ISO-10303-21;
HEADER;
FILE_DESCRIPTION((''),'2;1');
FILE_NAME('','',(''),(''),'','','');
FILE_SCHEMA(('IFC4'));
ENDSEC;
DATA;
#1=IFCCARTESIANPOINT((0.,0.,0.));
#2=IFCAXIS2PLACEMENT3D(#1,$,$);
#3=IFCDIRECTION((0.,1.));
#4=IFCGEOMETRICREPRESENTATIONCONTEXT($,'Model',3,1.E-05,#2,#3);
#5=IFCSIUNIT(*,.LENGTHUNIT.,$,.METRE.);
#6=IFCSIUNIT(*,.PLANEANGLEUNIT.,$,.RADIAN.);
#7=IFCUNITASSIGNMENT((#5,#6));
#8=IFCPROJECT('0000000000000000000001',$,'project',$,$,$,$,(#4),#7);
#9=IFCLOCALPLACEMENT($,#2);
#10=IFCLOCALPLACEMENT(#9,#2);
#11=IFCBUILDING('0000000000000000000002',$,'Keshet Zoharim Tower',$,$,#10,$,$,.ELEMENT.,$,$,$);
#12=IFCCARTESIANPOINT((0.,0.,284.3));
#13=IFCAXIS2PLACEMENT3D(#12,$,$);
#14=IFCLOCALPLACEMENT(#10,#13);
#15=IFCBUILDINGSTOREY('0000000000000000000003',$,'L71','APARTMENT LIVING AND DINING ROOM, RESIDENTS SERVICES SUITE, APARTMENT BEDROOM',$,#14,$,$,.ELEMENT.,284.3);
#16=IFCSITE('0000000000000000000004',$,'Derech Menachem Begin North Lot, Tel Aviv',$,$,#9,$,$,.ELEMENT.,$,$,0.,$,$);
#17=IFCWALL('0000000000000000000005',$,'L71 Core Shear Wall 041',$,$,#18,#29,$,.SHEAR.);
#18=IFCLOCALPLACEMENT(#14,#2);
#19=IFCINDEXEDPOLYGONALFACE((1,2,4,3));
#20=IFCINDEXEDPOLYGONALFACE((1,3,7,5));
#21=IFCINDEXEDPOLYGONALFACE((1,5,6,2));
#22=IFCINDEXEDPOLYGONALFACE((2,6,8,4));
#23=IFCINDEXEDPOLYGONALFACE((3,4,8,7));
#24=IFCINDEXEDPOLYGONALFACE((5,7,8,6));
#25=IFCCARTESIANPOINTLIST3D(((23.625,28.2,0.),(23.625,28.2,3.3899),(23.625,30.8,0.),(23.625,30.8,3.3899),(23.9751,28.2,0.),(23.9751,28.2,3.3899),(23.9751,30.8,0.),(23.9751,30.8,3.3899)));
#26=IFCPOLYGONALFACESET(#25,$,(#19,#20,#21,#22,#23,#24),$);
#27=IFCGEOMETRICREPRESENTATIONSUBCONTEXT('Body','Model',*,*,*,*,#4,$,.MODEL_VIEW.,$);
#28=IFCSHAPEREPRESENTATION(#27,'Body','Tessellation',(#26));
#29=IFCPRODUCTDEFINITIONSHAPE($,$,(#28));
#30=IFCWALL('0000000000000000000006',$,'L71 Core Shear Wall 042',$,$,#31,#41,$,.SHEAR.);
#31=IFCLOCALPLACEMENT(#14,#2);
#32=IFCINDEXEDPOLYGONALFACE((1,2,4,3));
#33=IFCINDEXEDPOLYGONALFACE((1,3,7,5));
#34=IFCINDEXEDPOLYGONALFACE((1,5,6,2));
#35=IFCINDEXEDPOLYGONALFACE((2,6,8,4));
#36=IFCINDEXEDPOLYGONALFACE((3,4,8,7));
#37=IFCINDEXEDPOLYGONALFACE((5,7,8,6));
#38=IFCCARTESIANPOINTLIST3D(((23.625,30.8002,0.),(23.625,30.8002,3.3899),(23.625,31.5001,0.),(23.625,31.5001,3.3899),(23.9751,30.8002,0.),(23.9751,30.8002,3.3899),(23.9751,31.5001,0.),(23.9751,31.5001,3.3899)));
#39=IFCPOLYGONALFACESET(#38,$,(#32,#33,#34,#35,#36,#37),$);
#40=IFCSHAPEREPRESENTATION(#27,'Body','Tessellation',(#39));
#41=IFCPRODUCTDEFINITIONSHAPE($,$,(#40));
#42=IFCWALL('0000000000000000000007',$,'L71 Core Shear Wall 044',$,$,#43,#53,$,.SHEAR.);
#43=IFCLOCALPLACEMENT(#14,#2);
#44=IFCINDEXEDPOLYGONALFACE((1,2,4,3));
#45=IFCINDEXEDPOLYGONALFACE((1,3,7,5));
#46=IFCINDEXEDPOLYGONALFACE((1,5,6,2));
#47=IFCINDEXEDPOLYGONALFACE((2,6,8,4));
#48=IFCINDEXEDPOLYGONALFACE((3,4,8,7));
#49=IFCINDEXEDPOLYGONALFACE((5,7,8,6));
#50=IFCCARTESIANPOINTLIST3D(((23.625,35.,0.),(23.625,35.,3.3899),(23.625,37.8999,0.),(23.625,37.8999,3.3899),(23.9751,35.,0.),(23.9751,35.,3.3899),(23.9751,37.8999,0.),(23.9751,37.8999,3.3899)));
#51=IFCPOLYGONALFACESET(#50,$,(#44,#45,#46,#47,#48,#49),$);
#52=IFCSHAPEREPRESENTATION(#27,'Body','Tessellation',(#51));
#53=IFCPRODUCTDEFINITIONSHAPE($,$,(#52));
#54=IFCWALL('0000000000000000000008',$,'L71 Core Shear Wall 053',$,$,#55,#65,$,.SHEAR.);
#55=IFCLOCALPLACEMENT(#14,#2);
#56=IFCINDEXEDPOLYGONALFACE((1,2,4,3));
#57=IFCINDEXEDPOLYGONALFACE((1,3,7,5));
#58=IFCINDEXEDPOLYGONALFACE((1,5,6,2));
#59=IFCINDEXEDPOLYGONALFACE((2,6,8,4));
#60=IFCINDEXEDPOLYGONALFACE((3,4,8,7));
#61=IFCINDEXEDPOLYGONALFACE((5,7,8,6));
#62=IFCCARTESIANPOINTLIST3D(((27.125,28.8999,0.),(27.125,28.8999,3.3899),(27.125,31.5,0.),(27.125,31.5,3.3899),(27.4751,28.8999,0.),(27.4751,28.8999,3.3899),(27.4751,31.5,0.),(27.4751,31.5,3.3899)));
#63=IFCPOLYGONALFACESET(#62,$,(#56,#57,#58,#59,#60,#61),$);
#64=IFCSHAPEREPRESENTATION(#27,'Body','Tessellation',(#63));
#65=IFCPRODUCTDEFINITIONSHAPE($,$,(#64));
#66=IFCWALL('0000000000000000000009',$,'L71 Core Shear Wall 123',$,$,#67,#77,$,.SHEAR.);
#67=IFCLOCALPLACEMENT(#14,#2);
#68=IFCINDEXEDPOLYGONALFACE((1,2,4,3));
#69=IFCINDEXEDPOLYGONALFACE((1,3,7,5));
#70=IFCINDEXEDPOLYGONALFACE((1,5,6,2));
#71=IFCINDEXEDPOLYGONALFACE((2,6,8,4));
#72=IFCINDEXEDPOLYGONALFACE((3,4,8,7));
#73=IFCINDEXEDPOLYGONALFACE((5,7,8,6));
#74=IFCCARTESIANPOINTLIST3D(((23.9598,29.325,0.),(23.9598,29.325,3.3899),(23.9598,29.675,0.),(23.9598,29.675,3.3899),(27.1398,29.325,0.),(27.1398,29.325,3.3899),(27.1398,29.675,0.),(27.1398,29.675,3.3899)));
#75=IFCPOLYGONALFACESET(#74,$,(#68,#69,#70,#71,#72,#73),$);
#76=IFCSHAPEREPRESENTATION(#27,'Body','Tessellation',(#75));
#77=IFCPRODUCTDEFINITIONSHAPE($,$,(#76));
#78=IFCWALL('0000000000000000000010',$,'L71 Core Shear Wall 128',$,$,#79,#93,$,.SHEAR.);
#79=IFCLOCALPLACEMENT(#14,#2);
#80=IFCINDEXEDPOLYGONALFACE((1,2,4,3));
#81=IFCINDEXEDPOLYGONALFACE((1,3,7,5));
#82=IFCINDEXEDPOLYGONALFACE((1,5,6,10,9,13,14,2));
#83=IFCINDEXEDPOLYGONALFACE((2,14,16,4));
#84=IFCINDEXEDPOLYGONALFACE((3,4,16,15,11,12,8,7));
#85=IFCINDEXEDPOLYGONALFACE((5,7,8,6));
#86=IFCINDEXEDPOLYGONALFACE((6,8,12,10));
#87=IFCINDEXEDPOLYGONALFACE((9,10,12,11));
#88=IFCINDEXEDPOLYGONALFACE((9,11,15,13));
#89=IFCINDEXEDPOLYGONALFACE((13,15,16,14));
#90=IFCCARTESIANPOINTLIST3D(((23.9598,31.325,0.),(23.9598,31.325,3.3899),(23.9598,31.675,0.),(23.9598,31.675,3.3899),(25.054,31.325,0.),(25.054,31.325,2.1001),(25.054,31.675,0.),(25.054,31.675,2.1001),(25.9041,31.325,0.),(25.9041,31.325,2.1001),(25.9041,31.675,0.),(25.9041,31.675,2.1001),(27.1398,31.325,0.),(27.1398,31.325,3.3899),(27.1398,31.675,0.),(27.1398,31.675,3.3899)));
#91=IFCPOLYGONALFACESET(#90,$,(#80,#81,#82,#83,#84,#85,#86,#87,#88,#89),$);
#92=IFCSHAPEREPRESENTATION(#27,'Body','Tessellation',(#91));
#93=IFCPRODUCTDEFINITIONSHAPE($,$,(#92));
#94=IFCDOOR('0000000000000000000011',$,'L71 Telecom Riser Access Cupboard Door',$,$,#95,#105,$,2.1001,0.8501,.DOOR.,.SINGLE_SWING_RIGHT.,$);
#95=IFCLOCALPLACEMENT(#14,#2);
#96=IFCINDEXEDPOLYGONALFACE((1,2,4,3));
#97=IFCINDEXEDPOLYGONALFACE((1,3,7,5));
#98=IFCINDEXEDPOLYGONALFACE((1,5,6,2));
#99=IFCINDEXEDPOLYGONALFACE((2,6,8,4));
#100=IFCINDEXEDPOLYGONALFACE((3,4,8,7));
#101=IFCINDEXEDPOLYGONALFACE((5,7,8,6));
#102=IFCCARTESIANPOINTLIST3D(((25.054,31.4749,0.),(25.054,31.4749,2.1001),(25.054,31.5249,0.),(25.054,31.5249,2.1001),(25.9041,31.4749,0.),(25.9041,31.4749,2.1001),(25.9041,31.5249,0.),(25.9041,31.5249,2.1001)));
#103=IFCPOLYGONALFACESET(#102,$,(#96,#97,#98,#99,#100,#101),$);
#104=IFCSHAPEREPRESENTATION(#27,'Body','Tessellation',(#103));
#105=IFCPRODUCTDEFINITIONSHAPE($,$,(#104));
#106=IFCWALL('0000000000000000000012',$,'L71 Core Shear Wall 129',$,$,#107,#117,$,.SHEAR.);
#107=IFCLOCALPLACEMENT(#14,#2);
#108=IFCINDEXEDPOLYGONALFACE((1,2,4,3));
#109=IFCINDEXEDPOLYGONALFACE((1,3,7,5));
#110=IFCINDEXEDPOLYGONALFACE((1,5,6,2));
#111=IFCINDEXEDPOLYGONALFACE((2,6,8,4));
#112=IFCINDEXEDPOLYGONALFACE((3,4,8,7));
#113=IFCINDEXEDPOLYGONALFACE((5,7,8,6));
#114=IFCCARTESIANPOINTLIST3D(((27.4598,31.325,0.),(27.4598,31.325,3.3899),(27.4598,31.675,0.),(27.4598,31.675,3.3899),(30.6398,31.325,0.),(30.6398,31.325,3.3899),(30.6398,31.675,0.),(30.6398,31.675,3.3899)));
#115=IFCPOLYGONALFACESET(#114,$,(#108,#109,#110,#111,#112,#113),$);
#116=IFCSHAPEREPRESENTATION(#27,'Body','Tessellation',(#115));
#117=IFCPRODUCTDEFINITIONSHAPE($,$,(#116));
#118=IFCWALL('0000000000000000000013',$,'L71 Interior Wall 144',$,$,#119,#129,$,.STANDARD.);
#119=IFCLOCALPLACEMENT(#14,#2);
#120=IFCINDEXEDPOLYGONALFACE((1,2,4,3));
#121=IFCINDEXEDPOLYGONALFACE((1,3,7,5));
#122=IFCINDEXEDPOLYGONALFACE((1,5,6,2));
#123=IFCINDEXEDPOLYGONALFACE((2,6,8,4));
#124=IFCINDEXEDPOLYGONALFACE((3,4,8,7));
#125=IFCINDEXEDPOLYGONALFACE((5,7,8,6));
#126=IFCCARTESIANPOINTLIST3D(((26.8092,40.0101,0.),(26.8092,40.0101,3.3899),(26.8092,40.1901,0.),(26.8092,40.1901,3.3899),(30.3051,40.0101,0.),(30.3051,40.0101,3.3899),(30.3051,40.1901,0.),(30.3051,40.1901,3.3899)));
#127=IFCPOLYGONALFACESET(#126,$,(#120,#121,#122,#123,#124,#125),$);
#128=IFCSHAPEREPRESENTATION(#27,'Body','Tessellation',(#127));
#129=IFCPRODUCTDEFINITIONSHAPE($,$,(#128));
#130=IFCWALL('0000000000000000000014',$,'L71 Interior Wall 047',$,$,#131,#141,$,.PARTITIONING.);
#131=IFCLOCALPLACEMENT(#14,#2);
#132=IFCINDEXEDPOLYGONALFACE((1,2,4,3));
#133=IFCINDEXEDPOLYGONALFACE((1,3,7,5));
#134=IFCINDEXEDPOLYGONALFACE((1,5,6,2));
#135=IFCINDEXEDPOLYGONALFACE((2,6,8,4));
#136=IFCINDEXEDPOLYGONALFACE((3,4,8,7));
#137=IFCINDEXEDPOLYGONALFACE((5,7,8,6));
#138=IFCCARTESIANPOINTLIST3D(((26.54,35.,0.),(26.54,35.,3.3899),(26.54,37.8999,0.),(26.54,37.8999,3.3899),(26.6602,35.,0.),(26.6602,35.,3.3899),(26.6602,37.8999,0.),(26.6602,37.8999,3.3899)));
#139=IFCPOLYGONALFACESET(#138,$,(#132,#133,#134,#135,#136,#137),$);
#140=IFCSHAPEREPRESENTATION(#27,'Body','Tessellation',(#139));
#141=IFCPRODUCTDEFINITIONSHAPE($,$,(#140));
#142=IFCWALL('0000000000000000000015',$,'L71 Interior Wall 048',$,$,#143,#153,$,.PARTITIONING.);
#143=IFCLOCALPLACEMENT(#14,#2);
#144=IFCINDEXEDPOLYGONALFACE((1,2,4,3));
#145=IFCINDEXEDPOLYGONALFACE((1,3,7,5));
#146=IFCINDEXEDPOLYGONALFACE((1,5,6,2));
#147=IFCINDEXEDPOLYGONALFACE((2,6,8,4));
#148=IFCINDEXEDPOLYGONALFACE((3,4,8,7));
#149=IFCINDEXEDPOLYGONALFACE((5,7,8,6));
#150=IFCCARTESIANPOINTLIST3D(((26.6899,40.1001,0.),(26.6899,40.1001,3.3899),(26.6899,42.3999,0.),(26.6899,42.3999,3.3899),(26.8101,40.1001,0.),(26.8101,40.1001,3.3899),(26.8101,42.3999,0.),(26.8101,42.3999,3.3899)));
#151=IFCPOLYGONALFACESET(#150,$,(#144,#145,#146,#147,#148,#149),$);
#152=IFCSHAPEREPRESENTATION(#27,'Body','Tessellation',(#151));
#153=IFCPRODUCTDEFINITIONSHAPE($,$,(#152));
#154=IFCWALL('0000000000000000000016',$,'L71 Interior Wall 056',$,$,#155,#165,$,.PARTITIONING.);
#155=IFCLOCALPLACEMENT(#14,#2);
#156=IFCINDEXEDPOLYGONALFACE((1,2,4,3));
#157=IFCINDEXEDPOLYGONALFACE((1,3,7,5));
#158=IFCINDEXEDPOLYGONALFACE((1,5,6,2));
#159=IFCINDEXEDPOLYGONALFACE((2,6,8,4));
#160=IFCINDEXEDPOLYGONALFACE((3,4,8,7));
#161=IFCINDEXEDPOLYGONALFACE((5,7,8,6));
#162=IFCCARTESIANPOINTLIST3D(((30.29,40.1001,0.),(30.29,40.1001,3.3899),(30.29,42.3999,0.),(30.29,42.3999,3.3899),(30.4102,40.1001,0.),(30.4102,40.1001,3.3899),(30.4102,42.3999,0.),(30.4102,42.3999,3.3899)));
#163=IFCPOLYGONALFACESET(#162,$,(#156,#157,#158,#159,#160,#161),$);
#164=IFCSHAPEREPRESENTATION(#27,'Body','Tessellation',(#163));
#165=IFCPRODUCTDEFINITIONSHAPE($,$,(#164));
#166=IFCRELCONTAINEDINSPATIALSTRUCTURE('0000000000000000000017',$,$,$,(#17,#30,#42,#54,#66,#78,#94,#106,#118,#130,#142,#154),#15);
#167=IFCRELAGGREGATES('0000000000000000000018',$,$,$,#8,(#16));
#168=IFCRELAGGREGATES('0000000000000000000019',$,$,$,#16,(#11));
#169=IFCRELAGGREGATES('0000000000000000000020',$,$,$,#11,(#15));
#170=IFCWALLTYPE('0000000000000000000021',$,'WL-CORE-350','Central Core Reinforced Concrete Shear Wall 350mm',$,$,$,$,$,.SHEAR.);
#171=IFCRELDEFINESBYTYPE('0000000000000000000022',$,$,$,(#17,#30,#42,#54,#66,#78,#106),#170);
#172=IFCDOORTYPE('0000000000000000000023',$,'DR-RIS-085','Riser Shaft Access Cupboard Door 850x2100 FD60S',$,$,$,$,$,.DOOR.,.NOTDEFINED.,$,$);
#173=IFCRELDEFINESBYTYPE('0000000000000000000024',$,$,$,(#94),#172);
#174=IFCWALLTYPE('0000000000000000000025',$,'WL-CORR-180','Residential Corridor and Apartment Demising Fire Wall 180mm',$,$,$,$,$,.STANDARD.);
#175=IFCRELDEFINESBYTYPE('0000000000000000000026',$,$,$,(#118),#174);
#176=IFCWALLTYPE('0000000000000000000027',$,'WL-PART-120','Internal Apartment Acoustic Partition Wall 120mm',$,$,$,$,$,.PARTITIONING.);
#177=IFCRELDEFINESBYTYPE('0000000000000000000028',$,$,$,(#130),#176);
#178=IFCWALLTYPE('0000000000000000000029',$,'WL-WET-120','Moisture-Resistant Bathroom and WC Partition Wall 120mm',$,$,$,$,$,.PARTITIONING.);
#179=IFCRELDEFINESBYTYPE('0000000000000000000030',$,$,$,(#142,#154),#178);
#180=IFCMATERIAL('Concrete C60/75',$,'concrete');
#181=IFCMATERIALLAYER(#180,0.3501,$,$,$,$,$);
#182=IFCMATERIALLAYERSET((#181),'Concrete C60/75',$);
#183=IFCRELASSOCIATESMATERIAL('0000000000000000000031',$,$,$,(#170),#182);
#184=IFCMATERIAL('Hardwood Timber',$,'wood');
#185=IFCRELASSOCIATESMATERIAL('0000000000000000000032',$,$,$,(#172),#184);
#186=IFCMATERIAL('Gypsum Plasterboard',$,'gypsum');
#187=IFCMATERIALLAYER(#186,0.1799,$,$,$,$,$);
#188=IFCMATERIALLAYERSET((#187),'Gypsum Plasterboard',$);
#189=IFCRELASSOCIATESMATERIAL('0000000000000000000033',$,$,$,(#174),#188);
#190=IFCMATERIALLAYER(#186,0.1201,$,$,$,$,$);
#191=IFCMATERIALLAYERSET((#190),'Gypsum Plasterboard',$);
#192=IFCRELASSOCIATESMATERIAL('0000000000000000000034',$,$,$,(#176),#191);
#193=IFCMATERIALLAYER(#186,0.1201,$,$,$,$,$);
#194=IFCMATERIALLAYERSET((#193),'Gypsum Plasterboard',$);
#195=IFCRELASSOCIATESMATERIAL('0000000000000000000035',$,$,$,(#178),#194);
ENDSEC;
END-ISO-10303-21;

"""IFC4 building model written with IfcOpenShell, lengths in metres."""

from ifc_helpers import new_model, si_unit, direction, frame, frame_2d, origin, place, context, subcontext, project, spatial, rectangle, extrude, material, layer, layer_set, type_object, element, fill, save


model = new_model("IFC4")

# Units and contexts
model_context = context("Model", 3, precision=1e-05, world=origin(), true_north=direction((0.0, 1.0)))
body_context = subcontext(model_context, "Body", "Model", "MODEL_VIEW")
ifc_project = project(units=[si_unit("LENGTHUNIT", "METRE"), si_unit("PLANEANGLEUNIT", "RADIAN")], contexts=[model_context])

# Site, building, storey
site_placement = place(None, origin())
site = spatial("IfcSite", under=ifc_project, at=site_placement, Name="Derech Menachem Begin North Lot, Tel Aviv", CompositionType="ELEMENT", RefElevation=0.0)
building_placement = place(site_placement, origin())
building = spatial("IfcBuilding", under=site, at=building_placement, Name="Keshet Zoharim Tower", CompositionType="ELEMENT")
storey_placement = place(building_placement, frame((0.0, 0.0, 284.3)))
storey = spatial("IfcBuildingStorey", under=building, at=storey_placement, Name="L71", Description="APARTMENT LIVING AND DINING ROOM, RESIDENTS SERVICES SUITE, APARTMENT BEDROOM", CompositionType="ELEMENT", Elevation=284.3)

# Walls
ifc_material_1 = material(Name="Gypsum Plasterboard", Category="gypsum")
ifc_material_2 = material(Name="Concrete C60/75", Category="concrete")
ifc_layer_1 = layer(ifc_material_2, 0.3501)
ifc_layer_set_1 = layer_set([ifc_layer_1], Name="Concrete C60/75")
wall_type_1 = type_object("IfcWallType", Name="WL-CORE-350", Description="Central Core Reinforced Concrete Shear Wall 350mm", PredefinedType="SHEAR", material=ifc_layer_set_1)
wall_1_placement = place(storey_placement, frame((23.8, 28.2, 0.0), z_axis=(0.0, 0.0, 1.0), x_axis=(0.0, 1.0, 0.0)))
element("IfcWall", 1, at=wall_1_placement, inside=storey, type_object=wall_type_1, Name="L71 Core Shear Wall 041", PredefinedType="SHEAR", context=body_context, shape_type="SweptSolid", body=[
    extrude(rectangle(XDim=2.6001, YDim=0.3501, at=frame_2d((1.3, 0.0))), origin(), (0.0, 0.0, 1.0), 3.3899),
])
wall_2_placement = place(storey_placement, frame((23.8, 30.8, 0.0), z_axis=(0.0, 0.0, 1.0), x_axis=(0.0, 1.0, 0.0)))
element("IfcWall", 2, at=wall_2_placement, inside=storey, type_object=wall_type_1, Name="L71 Core Shear Wall 042", PredefinedType="SHEAR", context=body_context, shape_type="SweptSolid", body=[
    extrude(rectangle(XDim=0.7, YDim=0.3501, at=frame_2d((0.3501, 0.0))), origin(), (0.0, 0.0, 1.0), 3.3899),
])

# Shared definitions
ifc_material_3 = material(Name="Hardwood Timber", Category="wood")

# Walls
wall_3_placement = place(storey_placement, frame((23.8, 35.0, 0.0), z_axis=(0.0, 0.0, 1.0), x_axis=(0.0, 1.0, 0.0)))
element("IfcWall", 3, at=wall_3_placement, inside=storey, type_object=wall_type_1, Name="L71 Core Shear Wall 044", PredefinedType="SHEAR", context=body_context, shape_type="SweptSolid", body=[
    extrude(rectangle(XDim=2.8999, YDim=0.3501, at=frame_2d((1.45, 0.0))), origin(), (0.0, 0.0, 1.0), 3.3899),
])
wall_4_placement = place(storey_placement, frame((27.3, 28.8999, 0.0), z_axis=(0.0, 0.0, 1.0), x_axis=(0.0, 1.0, 0.0)))
element("IfcWall", 4, at=wall_4_placement, inside=storey, type_object=wall_type_1, Name="L71 Core Shear Wall 053", PredefinedType="SHEAR", context=body_context, shape_type="SweptSolid", body=[
    extrude(rectangle(XDim=2.6001, YDim=0.3501, at=frame_2d((1.3, 0.0))), origin(), (0.0, 0.0, 1.0), 3.3899),
])

# Wall
wall_5_placement = place(storey_placement, frame((23.96, 29.5, 0.0), z_axis=(0.0, 0.0, 1.0), x_axis=(1.0, 0.0, 0.0)))
element("IfcWall", 5, at=wall_5_placement, inside=storey, type_object=wall_type_1, Name="L71 Core Shear Wall 123", PredefinedType="SHEAR", context=body_context, shape_type="SweptSolid", body=[
    extrude(rectangle(XDim=3.1799, YDim=0.3501, at=frame_2d((1.5898, 0.0))), origin(), (0.0, 0.0, 1.0), 3.3899),
])

# Wall, opening, door
wall_6_placement = place(storey_placement, frame((23.96, 31.5, 0.0), z_axis=(0.0, 0.0, 1.0), x_axis=(1.0, 0.0, 0.0)))
wall_6 = element("IfcWall", 6, at=wall_6_placement, inside=storey, type_object=wall_type_1, Name="L71 Core Shear Wall 128", PredefinedType="SHEAR", context=body_context, shape_type="SweptSolid", body=[
    extrude(rectangle(XDim=3.1799, YDim=0.3501, at=frame_2d((1.5898, 0.0))), origin(), (0.0, 0.0, 1.0), 3.3899),
])
opening_1_placement = place(wall_6_placement, frame((1.094, 0.0, 0.0)))
opening_1 = element("IfcOpeningElement", 7, at=opening_1_placement, cuts=wall_6, PredefinedType="OPENING", context=body_context, shape_type="SweptSolid", body=[
    extrude(rectangle(XDim=0.8501, YDim=2.1001, at=frame_2d((0.425, 1.05))), frame((0.0, 0.1851, 0.0), z_axis=(0.0, -1.0, 0.0), x_axis=(1.0, 0.0, 0.0)), (0.0, 0.0, 1.0), 0.3701),
])
door_type_1 = type_object("IfcDoorType", Name="DR-RIS-085", Description="Riser Shaft Access Cupboard Door 850x2100 FD60S", OperationType="NOTDEFINED", PredefinedType="DOOR", material=ifc_material_3)
door_1_placement = place(opening_1_placement, origin())
door_1 = element("IfcDoor", 8, at=door_1_placement, inside=storey, type_object=door_type_1, Name="L71 Telecom Riser Access Cupboard Door", OperationType="SINGLE_SWING_RIGHT", OverallHeight=2.1001, OverallWidth=0.8501, PredefinedType="DOOR", context=body_context, shape_type="SweptSolid", body=[
    extrude(rectangle(XDim=0.8501, YDim=2.1001, at=frame_2d((0.425, 1.05))), frame((0.0, 0.0249, 0.0), z_axis=(0.0, -1.0, 0.0), x_axis=(1.0, 0.0, 0.0)), (0.0, 0.0, 1.0), 0.05),
])
fill(opening_1, door_1)

# Wall
wall_7_placement = place(storey_placement, frame((27.46, 31.5, 0.0), z_axis=(0.0, 0.0, 1.0), x_axis=(1.0, 0.0, 0.0)))
element("IfcWall", 9, at=wall_7_placement, inside=storey, type_object=wall_type_1, Name="L71 Core Shear Wall 129", PredefinedType="SHEAR", context=body_context, shape_type="SweptSolid", body=[
    extrude(rectangle(XDim=3.1799, YDim=0.3501, at=frame_2d((1.5898, 0.0))), origin(), (0.0, 0.0, 1.0), 3.3899),
])

# Wall
ifc_layer_2 = layer(ifc_material_1, 0.1799)
ifc_layer_set_2 = layer_set([ifc_layer_2], Name="Gypsum Plasterboard")
wall_type_2 = type_object("IfcWallType", Name="WL-CORR-180", Description="Residential Corridor and Apartment Demising Fire Wall 180mm", PredefinedType="STANDARD", material=ifc_layer_set_2)
wall_8_placement = place(storey_placement, frame((26.8091, 40.1001, 0.0), z_axis=(0.0, 0.0, 1.0), x_axis=(1.0, 0.0, 0.0)))
element("IfcWall", 10, at=wall_8_placement, inside=storey, type_object=wall_type_2, Name="L71 Interior Wall 144", PredefinedType="STANDARD", context=body_context, shape_type="SweptSolid", body=[
    extrude(rectangle(XDim=3.4958, YDim=0.1799, at=frame_2d((1.748, 0.0))), origin(), (0.0, 0.0, 1.0), 3.3899),
])

# Walls
ifc_layer_3 = layer(ifc_material_1, 0.1201)
ifc_layer_set_3 = layer_set([ifc_layer_3], Name="Gypsum Plasterboard")
wall_type_3 = type_object("IfcWallType", Name="WL-PART-120", Description="Internal Apartment Acoustic Partition Wall 120mm", PredefinedType="PARTITIONING", material=ifc_layer_set_3)
wall_9_placement = place(storey_placement, frame((26.6001, 35.0, 0.0), z_axis=(0.0, 0.0, 1.0), x_axis=(0.0, 1.0, 0.0)))
element("IfcWall", 11, at=wall_9_placement, inside=storey, type_object=wall_type_3, Name="L71 Interior Wall 047", PredefinedType="PARTITIONING", context=body_context, shape_type="SweptSolid", body=[
    extrude(rectangle(XDim=2.8999, YDim=0.1201, at=frame_2d((1.45, 0.0))), origin(), (0.0, 0.0, 1.0), 3.3899),
])
ifc_layer_4 = layer(ifc_material_1, 0.1201)
ifc_layer_set_4 = layer_set([ifc_layer_4], Name="Gypsum Plasterboard")
wall_type_4 = type_object("IfcWallType", Name="WL-WET-120", Description="Moisture-Resistant Bathroom and WC Partition Wall 120mm", PredefinedType="PARTITIONING", material=ifc_layer_set_4)
for number, where, z_axis, x_axis, name in (
    (12, (26.75, 40.1001, 0.0), (0.0, 0.0, 1.0), (0.0, 1.0, 0.0), "L71 Interior Wall 048"),
    (13, (30.3501, 40.1001, 0.0), (0.0, 0.0, 1.0), (0.0, 1.0, 0.0), "L71 Interior Wall 056"),
):
    element("IfcWall", number, at=place(storey_placement, frame(where, z_axis=z_axis, x_axis=x_axis)), inside=storey, type_object=wall_type_4, Name=name, PredefinedType="PARTITIONING", context=body_context, shape_type="SweptSolid", body=[
        extrude(rectangle(XDim=2.2998, YDim=0.1201, at=frame_2d((1.1499, 0.0))), origin(), (0.0, 0.0, 1.0), 3.3899),
    ])

save(model, "model.ifc")
